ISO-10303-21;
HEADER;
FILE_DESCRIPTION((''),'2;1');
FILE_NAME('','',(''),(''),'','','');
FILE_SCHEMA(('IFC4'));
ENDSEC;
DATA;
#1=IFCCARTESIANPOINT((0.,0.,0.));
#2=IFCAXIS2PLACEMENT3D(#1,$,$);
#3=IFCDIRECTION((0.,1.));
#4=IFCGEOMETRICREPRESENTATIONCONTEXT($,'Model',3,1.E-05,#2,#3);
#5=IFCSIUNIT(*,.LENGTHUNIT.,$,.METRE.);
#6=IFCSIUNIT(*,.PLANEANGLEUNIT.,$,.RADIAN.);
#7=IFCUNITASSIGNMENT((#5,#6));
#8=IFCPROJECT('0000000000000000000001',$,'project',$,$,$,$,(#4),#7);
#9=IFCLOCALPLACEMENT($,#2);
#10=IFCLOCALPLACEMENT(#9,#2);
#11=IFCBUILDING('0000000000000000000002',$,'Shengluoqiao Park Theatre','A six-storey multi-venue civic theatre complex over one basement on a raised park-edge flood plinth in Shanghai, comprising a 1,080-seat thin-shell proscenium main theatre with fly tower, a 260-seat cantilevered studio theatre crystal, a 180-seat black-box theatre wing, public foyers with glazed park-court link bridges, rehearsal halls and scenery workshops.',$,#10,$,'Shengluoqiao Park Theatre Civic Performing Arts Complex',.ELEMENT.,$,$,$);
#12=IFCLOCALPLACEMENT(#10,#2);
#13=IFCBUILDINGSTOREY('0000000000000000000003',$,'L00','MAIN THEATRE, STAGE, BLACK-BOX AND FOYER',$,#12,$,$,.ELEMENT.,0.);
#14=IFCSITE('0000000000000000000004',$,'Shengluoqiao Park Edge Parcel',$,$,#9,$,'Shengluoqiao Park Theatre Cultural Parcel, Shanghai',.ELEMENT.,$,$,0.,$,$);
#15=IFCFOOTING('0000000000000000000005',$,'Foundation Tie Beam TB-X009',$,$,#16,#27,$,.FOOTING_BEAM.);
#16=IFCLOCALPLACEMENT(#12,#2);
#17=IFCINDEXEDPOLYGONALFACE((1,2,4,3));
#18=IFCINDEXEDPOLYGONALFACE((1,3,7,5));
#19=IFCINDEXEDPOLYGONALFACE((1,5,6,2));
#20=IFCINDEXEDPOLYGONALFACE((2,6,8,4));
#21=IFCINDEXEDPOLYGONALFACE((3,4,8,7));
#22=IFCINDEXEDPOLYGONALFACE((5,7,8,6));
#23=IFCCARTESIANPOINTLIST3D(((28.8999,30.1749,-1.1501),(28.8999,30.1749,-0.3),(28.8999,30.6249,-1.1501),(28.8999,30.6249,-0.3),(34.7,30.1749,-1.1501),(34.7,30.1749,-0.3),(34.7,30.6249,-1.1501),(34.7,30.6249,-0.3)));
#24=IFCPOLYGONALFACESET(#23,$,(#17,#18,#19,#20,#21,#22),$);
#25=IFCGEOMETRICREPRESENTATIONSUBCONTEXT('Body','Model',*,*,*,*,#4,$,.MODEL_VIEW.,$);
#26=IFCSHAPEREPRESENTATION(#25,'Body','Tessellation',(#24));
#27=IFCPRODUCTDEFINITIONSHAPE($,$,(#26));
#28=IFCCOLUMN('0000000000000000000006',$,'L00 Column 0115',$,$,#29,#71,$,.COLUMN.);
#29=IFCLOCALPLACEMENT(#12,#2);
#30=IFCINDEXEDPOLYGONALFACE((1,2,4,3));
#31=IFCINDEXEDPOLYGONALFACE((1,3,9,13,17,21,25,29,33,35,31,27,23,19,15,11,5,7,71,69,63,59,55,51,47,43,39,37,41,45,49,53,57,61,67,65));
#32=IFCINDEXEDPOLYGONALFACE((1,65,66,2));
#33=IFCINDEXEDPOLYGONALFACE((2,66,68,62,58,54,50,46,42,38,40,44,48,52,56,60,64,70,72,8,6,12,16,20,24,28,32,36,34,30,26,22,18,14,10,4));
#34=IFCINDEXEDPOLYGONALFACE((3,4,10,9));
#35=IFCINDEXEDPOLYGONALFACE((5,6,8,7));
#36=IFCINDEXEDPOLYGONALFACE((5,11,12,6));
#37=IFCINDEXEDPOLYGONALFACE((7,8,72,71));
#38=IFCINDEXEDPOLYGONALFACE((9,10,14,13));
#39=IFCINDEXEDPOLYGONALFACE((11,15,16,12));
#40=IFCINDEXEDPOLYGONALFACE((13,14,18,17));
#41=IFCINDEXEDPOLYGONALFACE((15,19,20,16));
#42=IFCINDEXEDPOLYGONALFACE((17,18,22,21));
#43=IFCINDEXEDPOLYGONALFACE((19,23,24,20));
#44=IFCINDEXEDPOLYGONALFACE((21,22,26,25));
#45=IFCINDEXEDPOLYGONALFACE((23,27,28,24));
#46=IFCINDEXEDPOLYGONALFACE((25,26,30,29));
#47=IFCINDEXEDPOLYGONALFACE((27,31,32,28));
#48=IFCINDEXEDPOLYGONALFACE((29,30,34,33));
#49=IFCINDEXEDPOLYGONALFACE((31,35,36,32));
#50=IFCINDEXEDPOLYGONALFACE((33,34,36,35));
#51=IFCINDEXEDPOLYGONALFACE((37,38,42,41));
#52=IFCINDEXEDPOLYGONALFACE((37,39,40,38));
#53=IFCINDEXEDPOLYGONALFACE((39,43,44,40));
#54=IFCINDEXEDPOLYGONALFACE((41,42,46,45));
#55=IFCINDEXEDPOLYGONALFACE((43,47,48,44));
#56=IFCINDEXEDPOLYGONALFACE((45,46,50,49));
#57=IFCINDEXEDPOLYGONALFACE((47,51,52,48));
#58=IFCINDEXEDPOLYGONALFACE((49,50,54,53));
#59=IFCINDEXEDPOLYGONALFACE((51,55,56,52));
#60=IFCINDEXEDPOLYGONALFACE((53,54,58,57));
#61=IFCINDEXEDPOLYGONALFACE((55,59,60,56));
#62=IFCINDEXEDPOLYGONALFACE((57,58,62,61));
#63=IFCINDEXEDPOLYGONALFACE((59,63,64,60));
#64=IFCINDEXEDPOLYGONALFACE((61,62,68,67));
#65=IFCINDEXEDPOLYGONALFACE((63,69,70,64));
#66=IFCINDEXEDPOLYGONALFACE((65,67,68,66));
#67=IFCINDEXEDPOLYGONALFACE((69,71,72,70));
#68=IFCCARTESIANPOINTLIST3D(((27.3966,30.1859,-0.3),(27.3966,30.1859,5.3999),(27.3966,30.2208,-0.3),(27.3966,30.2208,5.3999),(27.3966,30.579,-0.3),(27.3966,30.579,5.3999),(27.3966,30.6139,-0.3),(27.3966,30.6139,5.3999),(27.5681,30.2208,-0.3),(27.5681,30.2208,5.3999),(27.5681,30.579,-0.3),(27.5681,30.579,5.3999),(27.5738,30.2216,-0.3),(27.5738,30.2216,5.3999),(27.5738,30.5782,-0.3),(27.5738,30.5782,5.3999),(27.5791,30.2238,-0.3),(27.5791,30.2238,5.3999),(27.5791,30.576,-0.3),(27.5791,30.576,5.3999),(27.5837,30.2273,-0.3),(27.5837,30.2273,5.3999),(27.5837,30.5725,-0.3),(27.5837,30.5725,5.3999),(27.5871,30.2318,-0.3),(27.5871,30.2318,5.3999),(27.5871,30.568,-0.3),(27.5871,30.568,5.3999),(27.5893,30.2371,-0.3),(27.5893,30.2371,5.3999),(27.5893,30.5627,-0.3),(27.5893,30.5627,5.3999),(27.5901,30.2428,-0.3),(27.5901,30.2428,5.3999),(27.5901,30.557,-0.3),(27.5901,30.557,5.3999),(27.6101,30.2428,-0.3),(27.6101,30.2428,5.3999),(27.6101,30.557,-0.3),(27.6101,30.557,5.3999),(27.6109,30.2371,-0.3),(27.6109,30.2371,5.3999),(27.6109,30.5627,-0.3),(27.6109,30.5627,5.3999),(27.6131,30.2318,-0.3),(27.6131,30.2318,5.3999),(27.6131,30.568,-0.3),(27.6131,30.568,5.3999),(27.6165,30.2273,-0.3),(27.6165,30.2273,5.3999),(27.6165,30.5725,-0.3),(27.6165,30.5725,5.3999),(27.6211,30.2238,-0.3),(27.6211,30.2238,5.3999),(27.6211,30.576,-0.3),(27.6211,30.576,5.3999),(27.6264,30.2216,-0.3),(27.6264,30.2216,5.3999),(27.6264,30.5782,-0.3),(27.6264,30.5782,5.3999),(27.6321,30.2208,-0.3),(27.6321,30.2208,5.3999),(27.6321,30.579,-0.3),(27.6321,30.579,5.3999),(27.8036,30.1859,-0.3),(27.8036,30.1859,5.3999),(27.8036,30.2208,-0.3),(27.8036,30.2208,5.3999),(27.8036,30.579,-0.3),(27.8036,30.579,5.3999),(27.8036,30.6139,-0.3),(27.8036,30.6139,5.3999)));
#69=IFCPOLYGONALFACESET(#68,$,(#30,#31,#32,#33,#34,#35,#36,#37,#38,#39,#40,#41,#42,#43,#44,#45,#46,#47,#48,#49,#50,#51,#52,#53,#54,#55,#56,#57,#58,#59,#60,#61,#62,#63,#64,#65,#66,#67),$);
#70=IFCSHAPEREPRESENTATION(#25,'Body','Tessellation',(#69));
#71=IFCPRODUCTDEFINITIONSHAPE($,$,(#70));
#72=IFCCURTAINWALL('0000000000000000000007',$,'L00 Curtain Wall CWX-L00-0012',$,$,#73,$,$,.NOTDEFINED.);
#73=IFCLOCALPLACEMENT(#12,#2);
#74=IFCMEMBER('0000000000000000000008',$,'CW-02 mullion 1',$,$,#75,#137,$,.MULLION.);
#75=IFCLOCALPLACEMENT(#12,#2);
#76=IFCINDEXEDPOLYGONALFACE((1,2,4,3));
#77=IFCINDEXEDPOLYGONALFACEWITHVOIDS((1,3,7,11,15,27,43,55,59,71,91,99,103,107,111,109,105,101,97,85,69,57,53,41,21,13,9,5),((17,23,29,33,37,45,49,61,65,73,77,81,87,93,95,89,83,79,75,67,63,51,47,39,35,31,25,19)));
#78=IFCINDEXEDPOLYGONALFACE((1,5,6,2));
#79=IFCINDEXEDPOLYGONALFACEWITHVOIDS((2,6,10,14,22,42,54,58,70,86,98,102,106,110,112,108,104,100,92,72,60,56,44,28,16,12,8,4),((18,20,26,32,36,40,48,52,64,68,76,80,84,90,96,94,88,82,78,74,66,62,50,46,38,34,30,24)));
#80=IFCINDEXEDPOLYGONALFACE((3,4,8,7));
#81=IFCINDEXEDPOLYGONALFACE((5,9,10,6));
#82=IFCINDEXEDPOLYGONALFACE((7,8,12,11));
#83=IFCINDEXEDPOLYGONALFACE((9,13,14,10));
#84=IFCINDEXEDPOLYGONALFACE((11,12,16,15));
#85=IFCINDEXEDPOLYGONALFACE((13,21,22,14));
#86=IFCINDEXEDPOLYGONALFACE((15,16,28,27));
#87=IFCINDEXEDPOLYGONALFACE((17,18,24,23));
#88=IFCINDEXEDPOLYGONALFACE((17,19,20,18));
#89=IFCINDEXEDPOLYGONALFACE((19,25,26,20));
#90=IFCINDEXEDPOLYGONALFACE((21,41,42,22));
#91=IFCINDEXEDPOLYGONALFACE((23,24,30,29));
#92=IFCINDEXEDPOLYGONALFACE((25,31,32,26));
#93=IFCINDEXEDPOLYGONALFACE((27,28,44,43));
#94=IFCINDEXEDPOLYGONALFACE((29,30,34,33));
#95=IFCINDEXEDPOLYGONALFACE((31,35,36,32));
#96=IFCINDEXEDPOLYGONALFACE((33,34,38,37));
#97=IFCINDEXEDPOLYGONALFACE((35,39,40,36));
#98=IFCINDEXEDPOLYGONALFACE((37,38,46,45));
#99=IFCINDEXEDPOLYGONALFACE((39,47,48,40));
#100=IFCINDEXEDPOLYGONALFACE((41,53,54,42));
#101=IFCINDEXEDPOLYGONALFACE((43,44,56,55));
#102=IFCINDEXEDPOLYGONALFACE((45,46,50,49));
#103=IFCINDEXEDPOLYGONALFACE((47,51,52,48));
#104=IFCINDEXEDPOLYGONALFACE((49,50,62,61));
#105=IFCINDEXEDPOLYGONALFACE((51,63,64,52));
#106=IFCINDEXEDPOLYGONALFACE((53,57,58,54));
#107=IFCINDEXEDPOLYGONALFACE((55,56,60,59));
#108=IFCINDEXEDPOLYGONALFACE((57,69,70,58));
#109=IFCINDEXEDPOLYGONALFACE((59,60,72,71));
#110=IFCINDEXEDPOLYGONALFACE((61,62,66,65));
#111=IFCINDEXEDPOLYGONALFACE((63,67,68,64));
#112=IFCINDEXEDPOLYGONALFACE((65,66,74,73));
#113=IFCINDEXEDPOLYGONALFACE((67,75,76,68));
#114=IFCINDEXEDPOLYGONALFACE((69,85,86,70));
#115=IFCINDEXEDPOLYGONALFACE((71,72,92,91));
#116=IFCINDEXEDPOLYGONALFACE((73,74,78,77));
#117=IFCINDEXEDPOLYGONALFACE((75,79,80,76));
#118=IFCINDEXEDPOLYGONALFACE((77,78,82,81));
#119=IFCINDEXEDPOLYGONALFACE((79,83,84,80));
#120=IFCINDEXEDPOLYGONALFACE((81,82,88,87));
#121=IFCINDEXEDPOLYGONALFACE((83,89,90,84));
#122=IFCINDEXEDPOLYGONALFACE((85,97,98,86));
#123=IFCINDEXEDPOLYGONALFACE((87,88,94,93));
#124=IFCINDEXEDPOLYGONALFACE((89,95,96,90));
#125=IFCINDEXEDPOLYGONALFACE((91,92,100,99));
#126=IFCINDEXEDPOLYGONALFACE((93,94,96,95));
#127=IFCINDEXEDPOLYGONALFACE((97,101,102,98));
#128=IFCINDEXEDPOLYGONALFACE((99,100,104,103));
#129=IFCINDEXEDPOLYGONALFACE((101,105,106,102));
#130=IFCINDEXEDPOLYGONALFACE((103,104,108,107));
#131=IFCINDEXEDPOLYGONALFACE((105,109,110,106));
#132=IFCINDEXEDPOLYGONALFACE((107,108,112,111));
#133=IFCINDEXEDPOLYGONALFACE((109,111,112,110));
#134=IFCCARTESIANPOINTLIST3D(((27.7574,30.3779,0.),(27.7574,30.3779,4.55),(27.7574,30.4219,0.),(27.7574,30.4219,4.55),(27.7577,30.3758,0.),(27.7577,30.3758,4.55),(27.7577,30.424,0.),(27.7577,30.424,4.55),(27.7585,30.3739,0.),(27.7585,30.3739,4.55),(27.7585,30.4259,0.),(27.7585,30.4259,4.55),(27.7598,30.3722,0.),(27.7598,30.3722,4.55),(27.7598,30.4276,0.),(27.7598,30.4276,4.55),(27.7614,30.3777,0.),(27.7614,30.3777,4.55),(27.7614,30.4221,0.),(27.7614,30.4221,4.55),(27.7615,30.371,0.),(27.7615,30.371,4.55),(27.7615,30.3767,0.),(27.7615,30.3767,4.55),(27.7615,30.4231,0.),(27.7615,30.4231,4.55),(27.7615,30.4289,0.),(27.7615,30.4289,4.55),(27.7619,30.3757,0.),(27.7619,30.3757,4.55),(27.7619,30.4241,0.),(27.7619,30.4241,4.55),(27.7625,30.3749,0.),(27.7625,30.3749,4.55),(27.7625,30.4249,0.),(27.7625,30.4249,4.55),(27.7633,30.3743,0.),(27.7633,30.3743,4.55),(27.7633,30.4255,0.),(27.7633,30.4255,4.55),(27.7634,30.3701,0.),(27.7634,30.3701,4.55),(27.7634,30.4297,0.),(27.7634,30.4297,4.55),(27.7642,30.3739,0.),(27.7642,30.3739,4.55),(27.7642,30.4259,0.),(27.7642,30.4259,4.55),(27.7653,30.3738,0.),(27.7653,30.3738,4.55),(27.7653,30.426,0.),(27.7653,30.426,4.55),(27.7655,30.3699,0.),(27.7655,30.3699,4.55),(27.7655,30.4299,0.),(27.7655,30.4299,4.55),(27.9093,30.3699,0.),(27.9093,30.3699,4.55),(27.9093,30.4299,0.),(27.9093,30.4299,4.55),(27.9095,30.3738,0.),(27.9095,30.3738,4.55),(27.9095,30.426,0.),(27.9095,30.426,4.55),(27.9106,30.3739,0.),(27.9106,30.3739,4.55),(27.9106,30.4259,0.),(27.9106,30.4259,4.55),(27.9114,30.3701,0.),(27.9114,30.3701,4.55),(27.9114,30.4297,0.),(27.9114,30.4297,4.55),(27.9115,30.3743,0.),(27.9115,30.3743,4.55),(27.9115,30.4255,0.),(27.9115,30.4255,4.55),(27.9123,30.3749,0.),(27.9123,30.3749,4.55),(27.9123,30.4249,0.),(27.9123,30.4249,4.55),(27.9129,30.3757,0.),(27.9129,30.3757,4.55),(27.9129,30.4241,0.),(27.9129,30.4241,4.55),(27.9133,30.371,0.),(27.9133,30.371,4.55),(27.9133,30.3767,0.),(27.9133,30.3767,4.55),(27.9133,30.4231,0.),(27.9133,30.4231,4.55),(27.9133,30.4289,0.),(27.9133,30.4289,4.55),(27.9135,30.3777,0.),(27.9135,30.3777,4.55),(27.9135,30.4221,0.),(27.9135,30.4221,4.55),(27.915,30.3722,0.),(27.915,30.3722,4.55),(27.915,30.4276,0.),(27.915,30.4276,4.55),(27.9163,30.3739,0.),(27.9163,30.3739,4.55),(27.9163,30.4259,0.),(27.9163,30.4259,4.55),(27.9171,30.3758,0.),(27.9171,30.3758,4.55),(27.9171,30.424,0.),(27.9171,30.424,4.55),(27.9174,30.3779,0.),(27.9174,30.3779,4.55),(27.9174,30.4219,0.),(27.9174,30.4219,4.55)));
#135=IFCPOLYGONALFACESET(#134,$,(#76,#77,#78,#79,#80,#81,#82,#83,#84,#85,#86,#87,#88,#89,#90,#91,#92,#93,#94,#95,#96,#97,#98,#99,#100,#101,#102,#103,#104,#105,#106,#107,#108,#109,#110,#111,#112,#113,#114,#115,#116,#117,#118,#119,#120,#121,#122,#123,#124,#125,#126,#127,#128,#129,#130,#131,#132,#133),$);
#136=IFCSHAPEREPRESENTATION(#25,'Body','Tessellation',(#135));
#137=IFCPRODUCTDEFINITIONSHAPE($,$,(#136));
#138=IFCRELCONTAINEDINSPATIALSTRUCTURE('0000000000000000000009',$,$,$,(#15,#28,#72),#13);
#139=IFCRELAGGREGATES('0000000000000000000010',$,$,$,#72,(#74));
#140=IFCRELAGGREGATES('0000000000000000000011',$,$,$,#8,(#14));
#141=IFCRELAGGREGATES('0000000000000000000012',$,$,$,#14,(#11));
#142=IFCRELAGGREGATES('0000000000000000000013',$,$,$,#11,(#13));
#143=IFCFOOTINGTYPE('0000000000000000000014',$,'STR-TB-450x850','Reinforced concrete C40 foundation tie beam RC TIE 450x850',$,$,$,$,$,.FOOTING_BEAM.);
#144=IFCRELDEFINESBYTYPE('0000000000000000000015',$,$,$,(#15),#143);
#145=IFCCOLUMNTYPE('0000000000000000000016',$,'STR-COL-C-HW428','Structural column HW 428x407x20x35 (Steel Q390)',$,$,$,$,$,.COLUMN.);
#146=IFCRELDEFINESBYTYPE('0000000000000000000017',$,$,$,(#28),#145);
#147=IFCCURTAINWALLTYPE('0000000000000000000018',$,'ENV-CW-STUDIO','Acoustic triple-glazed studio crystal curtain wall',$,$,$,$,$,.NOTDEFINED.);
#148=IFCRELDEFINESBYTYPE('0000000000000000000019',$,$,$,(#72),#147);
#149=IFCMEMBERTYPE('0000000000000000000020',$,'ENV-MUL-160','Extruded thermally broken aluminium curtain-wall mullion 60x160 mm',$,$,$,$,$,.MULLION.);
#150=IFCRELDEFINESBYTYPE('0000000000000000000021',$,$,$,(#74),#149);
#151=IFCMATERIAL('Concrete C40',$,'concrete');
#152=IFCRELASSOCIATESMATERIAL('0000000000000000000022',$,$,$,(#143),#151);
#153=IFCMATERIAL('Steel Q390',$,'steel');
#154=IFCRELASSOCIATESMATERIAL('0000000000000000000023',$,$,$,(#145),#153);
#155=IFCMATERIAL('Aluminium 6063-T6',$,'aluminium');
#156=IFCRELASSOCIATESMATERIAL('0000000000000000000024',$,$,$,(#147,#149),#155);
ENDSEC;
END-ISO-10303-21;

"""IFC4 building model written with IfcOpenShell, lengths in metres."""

from ifc_helpers import new_model, si_unit, direction, frame, origin, origin_2d, place, context, subcontext, project, spatial, rectangle, hollow_rectangle, i_section, extrude, material, material_profile, profile_set, type_object, element, aggregate, save


model = new_model("IFC4")

# Units and contexts
model_context = context("Model", 3, precision=1e-05, world=origin(), true_north=direction((0.0, 1.0)))
body_context = subcontext(model_context, "Body", "Model", "MODEL_VIEW")
ifc_project = project(units=[si_unit("LENGTHUNIT", "METRE"), si_unit("PLANEANGLEUNIT", "RADIAN")], contexts=[model_context])

# Site, building, storey
site_placement = place(None, origin())
site = spatial("IfcSite", under=ifc_project, at=site_placement, Name="Shengluoqiao Park Edge Parcel", LongName="Shengluoqiao Park Theatre Cultural Parcel, Shanghai", CompositionType="ELEMENT", RefElevation=0.0)
building_placement = place(site_placement, origin())
building = spatial("IfcBuilding", under=site, at=building_placement, Name="Shengluoqiao Park Theatre", Description="A six-storey multi-venue civic theatre complex over one basement on a raised park-edge flood plinth in Shanghai, comprising a 1,080-seat thin-shell proscenium main theatre with fly tower, a 260-seat cantilevered studio theatre crystal, a 180-seat black-box theatre wing, public foyers with glazed park-court link bridges, rehearsal halls and scenery workshops.", LongName="Shengluoqiao Park Theatre Civic Performing Arts Complex", CompositionType="ELEMENT")
storey_placement = place(building_placement, origin())
storey = spatial("IfcBuildingStorey", under=building, at=storey_placement, Name="L00", Description="MAIN THEATRE, STAGE, BLACK-BOX AND FOYER", CompositionType="ELEMENT", Elevation=0.0)

# Footing
ifc_material_1 = material(Name="Concrete C40", Category="concrete")
ifc_material_profile_1 = material_profile(ifc_material_1, rectangle(XDim=0.45, YDim=0.8501, at=origin_2d()), Name="RC TIE 450x850")
ifc_profile_set_1 = profile_set([ifc_material_profile_1], Name="Concrete C40")
footing_type = type_object("IfcFootingType", Name="STR-TB-450x850", Description="Reinforced concrete C40 foundation tie beam RC TIE 450x850", PredefinedType="FOOTING_BEAM", material=ifc_profile_set_1)
footing_placement = place(storey_placement, frame((28.8999, 30.3999, -0.7251), z_axis=(1.0, 0.0, 0.0), x_axis=(0.0, 1.0, 0.0)))
element("IfcFooting", 1, at=footing_placement, inside=storey, type_object=footing_type, Name="Foundation Tie Beam TB-X009", PredefinedType="FOOTING_BEAM", context=body_context, shape_type="SweptSolid", body=[
    extrude(rectangle(XDim=0.45, YDim=0.8501, at=origin_2d()), origin(), (0.0, 0.0, 1.0), 5.8),
])

# Column
ifc_material_2 = material(Name="Steel Q390", Category="steel")
ifc_material_profile_2 = material_profile(ifc_material_2, i_section(OverallWidth=0.407, OverallDepth=0.428, WebThickness=0.02, FlangeThickness=0.0349, FilletRadius=0.022, at=origin_2d()), Name="HW 428x407x20x35")
ifc_profile_set_2 = profile_set([ifc_material_profile_2], Name="Steel Q390")
column_type = type_object("IfcColumnType", Name="STR-COL-C-HW428", Description="Structural column HW 428x407x20x35 (Steel Q390)", PredefinedType="COLUMN", material=ifc_profile_set_2)
column_placement = place(storey_placement, frame((27.6001, 30.3999, -0.3), z_axis=(0.0, 0.0, 1.0), x_axis=(1.0, 0.0, 0.0)))
element("IfcColumn", 2, at=column_placement, inside=storey, type_object=column_type, Name="L00 Column 0115", PredefinedType="COLUMN", context=body_context, shape_type="SweptSolid", body=[
    extrude(i_section(OverallWidth=0.407, OverallDepth=0.428, WebThickness=0.02, FlangeThickness=0.0349, FilletRadius=0.022, at=origin_2d()), origin(), (0.0, 0.0, 1.0), 5.7),
])

# Curtain wall, member
ifc_material_3 = material(Name="Aluminium 6063-T6", Category="aluminium")
curtain_wall_type_1 = type_object("IfcCurtainWallType", Name="ENV-CW-STUDIO", Description="Acoustic triple-glazed studio crystal curtain wall", PredefinedType="NOTDEFINED", material=ifc_material_3)
curtain_wall_1_placement = place(storey_placement, origin())
curtain_wall_1 = element("IfcCurtainWall", 3, at=curtain_wall_1_placement, inside=storey, type_object=curtain_wall_type_1, Name="L00 Curtain Wall CWX-L00-0012", PredefinedType="NOTDEFINED")
ifc_material_profile_3 = material_profile(ifc_material_3, hollow_rectangle(XDim=0.0601, YDim=0.1599, WallThickness=0.0039, InnerFilletRadius=0.0039, OuterFilletRadius=0.0081, at=origin_2d()), Name="ALU MULLION 160x60x4")
ifc_profile_set_3 = profile_set([ifc_material_profile_3], Name="Aluminium 6063-T6")
member_type_1 = type_object("IfcMemberType", Name="ENV-MUL-160", Description="Extruded thermally broken aluminium curtain-wall mullion 60x160 mm", PredefinedType="MULLION", material=ifc_profile_set_3)
member_1_placement = place(storey_placement, frame((27.8374, 30.3999, 0.0), z_axis=(0.0, 0.0, 1.0), x_axis=(0.0, 1.0, 0.0)))
member_1 = element("IfcMember", 4, at=member_1_placement, type_object=member_type_1, Name="CW-02 mullion 1", PredefinedType="MULLION", context=body_context, shape_type="SweptSolid", body=[
    extrude(hollow_rectangle(XDim=0.0601, YDim=0.1599, WallThickness=0.0039, InnerFilletRadius=0.0039, OuterFilletRadius=0.0081, at=origin_2d()), origin(), (0.0, 0.0, 1.0), 4.55),
])

aggregate(curtain_wall_1, [member_1])

save(model, "model.ifc")
